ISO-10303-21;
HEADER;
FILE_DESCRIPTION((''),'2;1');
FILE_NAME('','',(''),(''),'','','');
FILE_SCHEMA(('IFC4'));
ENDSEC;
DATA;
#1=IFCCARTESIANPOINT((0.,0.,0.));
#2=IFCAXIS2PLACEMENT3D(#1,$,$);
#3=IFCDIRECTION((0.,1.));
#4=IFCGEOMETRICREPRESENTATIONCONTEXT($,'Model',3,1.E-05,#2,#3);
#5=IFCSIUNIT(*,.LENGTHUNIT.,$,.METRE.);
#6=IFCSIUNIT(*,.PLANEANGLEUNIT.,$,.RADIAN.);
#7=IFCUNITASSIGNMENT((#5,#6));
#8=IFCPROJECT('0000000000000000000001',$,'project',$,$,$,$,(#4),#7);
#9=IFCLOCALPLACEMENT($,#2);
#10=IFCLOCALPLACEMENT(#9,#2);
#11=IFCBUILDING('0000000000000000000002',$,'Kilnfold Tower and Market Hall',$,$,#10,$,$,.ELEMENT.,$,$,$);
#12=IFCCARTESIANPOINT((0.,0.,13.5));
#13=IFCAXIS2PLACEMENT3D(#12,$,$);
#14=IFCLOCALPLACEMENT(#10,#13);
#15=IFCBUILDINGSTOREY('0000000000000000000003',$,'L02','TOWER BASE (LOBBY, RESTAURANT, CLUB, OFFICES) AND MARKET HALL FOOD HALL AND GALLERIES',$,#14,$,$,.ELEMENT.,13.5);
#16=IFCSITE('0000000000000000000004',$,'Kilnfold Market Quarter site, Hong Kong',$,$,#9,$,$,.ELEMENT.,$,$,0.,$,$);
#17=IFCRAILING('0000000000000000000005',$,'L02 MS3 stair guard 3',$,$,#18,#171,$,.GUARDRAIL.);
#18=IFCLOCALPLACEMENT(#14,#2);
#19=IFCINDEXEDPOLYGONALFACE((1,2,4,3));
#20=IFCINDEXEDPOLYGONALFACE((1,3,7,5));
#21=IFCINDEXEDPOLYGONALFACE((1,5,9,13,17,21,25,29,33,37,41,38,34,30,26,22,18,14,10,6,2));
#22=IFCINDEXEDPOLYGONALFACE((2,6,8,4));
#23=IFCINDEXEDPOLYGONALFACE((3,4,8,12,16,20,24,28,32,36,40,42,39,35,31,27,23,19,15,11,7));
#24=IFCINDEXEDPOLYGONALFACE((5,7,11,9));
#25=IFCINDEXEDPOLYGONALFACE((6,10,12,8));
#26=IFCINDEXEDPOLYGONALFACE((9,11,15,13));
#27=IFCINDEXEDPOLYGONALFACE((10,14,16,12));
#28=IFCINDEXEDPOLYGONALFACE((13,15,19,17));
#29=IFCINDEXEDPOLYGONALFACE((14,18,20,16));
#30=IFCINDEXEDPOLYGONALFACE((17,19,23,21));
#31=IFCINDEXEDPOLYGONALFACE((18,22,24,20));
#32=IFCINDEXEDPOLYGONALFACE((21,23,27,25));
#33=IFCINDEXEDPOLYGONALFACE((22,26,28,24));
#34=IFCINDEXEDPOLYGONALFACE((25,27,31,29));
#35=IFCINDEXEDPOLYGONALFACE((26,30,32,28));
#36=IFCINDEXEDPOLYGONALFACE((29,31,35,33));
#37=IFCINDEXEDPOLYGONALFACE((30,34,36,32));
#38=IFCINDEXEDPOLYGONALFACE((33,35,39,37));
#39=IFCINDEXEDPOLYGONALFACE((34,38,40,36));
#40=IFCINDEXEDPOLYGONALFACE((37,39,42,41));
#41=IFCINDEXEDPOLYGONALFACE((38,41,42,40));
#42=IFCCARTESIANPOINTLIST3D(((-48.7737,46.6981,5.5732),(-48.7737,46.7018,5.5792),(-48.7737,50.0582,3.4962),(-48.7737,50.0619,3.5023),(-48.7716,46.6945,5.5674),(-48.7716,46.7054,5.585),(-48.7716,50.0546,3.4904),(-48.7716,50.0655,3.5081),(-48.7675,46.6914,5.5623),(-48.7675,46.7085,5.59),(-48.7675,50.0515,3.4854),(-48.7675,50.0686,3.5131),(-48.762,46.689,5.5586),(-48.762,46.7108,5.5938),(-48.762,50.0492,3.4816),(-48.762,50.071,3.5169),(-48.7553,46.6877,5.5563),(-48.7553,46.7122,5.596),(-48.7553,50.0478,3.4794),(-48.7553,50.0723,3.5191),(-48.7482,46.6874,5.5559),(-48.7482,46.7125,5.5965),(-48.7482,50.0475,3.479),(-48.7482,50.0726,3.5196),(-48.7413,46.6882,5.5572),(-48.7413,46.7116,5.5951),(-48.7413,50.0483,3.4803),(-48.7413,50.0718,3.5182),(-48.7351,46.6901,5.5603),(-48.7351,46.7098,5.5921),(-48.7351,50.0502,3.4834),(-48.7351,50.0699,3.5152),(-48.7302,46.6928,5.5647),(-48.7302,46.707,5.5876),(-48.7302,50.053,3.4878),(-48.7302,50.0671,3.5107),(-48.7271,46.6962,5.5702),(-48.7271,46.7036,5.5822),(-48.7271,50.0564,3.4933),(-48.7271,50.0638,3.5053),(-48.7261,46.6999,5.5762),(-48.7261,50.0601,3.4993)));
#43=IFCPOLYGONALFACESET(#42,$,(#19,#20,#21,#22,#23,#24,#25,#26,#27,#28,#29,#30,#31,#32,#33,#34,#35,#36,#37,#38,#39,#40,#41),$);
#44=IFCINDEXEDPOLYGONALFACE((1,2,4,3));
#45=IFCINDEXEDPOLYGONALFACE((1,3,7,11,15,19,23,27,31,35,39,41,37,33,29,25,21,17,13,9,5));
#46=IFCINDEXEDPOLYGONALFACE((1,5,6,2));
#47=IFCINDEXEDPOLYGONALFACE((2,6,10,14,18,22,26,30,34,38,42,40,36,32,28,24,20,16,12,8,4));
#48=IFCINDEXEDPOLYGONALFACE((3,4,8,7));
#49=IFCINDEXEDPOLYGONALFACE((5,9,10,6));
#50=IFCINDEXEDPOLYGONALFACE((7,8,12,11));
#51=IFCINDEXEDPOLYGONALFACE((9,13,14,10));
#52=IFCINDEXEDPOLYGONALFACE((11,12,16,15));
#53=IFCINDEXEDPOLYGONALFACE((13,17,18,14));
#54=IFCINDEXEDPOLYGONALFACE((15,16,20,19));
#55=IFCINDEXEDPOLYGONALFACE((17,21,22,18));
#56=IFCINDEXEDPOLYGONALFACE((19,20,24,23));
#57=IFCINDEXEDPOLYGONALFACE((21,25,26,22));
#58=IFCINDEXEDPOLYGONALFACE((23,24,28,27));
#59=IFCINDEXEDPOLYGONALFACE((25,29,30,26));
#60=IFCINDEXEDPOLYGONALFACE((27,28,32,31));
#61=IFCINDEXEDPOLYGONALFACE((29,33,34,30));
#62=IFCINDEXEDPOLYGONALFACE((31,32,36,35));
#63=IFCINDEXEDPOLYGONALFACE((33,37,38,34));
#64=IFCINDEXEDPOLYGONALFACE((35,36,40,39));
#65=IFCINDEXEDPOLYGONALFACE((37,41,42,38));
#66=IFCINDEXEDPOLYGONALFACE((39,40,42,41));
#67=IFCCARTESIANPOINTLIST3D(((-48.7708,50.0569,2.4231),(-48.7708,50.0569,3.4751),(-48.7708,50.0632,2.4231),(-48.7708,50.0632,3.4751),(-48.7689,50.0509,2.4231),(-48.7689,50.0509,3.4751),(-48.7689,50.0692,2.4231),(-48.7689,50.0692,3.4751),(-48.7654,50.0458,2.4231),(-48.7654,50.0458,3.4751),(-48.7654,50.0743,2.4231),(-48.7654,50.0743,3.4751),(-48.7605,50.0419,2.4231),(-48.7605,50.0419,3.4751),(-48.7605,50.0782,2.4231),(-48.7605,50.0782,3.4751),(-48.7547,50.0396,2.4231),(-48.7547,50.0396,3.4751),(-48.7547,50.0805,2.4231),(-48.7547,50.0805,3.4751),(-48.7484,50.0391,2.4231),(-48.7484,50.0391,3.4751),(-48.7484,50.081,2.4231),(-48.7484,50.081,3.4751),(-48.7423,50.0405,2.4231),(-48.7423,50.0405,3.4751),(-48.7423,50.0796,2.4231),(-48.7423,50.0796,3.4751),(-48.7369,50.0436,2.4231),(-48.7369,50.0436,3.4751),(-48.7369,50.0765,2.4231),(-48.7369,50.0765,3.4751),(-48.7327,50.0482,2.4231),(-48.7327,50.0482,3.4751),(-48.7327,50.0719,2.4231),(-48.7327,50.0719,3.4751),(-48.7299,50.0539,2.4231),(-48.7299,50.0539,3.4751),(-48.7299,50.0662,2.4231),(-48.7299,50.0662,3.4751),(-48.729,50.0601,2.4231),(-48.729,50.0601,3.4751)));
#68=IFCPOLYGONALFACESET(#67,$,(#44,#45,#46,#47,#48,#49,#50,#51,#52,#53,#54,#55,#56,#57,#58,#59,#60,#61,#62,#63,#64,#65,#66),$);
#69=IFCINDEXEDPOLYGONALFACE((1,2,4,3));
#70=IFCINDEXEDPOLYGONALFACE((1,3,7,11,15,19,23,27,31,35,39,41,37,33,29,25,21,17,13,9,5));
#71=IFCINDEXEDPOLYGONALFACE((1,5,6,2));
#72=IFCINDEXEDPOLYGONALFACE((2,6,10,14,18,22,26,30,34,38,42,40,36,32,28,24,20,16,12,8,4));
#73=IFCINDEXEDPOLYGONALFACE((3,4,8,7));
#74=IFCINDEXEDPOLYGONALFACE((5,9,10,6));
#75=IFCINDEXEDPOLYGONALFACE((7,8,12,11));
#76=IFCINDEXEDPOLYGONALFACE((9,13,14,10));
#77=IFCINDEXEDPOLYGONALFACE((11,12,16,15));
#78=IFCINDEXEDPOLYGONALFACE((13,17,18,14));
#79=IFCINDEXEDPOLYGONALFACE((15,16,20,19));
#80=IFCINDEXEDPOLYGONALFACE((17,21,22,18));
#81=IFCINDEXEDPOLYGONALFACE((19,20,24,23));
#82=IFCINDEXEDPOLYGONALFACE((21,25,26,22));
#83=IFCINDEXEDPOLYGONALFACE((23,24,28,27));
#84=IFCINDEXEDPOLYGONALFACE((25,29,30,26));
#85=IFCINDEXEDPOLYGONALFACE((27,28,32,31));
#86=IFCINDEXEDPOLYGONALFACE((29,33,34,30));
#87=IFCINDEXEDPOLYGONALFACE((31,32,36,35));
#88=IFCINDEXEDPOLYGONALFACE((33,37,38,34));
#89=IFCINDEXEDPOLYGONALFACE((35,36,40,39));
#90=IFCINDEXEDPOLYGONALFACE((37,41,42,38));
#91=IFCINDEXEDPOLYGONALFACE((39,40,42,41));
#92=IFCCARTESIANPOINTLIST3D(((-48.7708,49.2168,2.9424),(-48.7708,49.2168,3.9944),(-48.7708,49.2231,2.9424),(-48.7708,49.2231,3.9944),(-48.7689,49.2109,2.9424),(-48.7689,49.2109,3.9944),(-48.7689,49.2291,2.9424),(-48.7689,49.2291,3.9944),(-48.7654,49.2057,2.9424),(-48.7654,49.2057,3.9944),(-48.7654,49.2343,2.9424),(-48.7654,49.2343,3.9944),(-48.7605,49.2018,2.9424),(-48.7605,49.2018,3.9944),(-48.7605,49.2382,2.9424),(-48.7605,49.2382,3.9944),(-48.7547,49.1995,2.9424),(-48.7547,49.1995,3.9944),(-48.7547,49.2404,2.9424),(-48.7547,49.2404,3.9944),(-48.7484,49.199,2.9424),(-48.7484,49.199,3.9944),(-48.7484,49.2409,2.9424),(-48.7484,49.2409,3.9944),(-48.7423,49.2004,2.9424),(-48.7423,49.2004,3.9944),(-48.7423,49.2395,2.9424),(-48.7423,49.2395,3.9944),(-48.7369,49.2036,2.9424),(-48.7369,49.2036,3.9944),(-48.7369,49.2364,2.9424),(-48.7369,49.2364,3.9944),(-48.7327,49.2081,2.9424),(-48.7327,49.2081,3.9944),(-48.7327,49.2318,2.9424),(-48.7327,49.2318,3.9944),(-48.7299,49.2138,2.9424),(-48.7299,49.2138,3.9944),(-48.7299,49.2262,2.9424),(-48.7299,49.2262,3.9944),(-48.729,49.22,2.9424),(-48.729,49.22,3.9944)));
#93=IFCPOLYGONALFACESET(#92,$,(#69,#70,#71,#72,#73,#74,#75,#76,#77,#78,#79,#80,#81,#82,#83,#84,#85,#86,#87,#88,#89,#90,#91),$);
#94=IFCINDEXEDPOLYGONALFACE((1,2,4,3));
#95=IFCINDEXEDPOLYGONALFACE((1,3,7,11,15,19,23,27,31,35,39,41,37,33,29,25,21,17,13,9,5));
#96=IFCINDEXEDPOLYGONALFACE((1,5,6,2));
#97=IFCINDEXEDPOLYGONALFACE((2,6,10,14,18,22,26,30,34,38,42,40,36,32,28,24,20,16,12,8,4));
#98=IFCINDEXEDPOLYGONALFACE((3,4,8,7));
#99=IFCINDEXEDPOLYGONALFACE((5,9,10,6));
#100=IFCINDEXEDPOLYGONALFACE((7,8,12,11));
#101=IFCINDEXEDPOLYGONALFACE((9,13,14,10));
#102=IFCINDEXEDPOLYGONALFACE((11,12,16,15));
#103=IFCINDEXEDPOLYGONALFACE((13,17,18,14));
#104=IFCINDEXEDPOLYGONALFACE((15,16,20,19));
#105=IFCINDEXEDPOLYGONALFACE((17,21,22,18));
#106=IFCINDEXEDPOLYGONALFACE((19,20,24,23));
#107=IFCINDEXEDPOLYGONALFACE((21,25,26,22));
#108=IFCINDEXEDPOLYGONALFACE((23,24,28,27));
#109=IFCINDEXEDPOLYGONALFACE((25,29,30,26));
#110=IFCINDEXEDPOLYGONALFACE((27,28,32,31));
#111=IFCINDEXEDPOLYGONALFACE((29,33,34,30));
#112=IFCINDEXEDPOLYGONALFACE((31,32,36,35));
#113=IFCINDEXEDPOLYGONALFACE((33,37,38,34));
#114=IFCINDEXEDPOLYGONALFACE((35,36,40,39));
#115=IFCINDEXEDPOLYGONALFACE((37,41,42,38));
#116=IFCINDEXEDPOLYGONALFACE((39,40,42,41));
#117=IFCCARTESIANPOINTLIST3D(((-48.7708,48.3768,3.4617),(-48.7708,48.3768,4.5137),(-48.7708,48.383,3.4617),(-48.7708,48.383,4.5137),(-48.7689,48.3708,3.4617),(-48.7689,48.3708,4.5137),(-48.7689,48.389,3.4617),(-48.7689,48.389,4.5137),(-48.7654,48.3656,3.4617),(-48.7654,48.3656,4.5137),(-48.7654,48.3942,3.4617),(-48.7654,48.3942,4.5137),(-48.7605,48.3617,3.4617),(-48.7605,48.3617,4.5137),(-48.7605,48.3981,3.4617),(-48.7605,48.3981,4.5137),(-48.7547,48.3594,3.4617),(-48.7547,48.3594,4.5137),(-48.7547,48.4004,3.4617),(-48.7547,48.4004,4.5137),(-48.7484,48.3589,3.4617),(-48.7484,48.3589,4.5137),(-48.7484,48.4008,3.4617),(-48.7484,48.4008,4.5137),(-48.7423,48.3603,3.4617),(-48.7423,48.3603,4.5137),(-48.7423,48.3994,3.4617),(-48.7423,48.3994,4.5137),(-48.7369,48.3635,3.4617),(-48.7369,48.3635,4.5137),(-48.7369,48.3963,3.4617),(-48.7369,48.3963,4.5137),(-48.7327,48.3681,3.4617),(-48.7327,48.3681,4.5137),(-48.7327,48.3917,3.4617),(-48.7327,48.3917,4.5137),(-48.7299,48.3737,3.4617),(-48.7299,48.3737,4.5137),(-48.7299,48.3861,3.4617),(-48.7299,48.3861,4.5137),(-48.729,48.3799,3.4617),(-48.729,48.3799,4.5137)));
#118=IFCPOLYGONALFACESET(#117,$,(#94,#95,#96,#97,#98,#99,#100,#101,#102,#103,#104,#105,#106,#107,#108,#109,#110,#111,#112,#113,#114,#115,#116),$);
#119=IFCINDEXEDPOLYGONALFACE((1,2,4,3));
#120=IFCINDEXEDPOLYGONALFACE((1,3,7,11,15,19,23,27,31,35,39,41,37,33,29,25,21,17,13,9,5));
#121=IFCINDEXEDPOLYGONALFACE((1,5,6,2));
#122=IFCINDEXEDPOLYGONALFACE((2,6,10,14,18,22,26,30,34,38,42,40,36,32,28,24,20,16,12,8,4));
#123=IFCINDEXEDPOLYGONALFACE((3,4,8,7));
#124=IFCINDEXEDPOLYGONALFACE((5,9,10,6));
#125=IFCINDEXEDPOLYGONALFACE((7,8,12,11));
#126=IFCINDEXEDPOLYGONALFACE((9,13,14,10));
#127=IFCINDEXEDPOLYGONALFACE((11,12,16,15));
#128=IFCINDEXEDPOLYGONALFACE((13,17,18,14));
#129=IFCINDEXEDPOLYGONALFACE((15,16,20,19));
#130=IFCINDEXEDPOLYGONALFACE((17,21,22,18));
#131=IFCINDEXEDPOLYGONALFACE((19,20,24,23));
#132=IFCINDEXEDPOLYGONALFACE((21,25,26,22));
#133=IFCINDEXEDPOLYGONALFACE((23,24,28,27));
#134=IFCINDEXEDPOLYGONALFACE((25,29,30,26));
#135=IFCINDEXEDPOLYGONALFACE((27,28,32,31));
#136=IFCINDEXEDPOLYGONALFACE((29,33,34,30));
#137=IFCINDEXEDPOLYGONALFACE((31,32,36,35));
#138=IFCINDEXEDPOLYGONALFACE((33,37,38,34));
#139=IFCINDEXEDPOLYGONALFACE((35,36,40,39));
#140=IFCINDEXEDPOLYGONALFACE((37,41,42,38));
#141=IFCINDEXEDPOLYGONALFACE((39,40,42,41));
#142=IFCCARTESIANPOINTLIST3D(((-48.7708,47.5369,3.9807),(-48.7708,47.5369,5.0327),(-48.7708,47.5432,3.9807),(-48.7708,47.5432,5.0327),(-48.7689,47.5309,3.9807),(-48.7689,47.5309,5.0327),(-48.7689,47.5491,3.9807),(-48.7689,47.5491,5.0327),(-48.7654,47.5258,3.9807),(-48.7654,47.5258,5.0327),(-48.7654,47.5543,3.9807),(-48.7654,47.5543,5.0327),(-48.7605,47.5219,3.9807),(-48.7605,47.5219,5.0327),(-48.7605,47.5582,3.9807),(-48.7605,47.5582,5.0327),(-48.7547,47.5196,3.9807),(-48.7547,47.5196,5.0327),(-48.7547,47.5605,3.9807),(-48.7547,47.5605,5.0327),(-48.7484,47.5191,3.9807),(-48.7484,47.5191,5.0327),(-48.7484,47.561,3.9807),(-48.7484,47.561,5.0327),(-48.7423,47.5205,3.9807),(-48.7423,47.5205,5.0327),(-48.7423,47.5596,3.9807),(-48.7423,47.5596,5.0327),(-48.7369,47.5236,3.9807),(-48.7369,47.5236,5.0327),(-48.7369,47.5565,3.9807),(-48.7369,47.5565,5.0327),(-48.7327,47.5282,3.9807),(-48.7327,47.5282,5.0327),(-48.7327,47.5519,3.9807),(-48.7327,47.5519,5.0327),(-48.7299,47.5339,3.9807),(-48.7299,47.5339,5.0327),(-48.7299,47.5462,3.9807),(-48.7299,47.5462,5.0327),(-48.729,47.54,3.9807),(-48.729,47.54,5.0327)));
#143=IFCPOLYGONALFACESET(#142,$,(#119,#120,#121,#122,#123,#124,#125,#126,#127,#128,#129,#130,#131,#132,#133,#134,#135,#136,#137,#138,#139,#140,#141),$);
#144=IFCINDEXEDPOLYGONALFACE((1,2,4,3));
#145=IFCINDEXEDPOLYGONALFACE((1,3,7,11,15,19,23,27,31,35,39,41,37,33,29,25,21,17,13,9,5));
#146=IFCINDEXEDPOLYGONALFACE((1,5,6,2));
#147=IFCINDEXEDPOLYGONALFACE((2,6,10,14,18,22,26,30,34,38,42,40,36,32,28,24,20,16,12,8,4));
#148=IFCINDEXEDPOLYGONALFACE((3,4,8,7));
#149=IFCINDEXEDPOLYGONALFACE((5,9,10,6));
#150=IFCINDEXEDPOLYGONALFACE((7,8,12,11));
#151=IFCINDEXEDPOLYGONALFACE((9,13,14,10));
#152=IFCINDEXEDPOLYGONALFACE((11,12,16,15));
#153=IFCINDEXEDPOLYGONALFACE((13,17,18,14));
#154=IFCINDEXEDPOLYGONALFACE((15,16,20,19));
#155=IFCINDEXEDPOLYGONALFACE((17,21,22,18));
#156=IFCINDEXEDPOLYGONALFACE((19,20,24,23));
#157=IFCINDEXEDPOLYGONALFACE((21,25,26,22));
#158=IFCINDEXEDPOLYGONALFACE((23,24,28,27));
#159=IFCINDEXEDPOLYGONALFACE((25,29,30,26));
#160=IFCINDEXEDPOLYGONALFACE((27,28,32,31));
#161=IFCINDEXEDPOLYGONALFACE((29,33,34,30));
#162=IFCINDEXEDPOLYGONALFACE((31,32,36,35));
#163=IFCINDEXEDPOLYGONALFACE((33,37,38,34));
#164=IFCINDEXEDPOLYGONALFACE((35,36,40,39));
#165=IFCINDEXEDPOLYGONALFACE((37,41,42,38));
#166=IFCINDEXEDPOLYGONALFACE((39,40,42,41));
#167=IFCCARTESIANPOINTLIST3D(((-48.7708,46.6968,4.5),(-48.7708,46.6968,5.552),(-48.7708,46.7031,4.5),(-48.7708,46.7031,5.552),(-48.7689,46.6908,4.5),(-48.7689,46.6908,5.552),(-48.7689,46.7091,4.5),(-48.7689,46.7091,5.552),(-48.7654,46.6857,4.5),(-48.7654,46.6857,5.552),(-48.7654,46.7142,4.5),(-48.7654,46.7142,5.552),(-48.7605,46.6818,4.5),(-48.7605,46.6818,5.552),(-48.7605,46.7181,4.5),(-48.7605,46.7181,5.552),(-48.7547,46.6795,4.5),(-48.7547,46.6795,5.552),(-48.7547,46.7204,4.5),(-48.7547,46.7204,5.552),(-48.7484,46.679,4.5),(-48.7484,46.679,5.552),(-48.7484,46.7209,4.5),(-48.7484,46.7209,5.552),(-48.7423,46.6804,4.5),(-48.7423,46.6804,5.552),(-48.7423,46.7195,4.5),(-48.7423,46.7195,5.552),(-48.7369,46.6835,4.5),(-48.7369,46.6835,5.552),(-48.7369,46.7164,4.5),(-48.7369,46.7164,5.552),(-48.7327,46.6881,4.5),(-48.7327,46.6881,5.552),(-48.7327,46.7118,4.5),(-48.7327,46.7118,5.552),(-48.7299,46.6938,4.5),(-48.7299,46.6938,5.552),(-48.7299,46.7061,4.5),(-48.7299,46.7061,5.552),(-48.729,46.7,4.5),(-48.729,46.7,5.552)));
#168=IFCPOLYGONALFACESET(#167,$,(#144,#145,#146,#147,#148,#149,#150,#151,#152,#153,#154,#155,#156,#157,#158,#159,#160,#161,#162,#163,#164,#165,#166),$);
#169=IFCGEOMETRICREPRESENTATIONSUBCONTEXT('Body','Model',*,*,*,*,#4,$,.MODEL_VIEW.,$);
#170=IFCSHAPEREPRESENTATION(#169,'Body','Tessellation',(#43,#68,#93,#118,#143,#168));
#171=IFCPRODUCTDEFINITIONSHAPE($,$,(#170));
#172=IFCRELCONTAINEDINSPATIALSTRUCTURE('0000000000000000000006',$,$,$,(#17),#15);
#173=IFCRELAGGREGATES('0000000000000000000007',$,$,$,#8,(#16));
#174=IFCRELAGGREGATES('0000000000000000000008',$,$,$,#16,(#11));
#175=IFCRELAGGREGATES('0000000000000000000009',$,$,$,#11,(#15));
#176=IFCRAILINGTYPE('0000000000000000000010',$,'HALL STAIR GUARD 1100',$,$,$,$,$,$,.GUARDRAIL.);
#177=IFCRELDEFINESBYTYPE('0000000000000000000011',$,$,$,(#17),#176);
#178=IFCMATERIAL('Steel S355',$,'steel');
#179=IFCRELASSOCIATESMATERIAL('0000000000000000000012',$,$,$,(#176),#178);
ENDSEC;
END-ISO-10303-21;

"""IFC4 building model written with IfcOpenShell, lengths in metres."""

from ifc_helpers import new_model, si_unit, direction, frame, origin, origin_2d, place, context, subcontext, project, spatial, circle, extrude, material, type_object, element, save


model = new_model("IFC4")

# Units and contexts
model_context = context("Model", 3, precision=1e-05, world=origin(), true_north=direction((0.0, 1.0)))
body_context = subcontext(model_context, "Body", "Model", "MODEL_VIEW")
ifc_project = project(units=[si_unit("LENGTHUNIT", "METRE"), si_unit("PLANEANGLEUNIT", "RADIAN")], contexts=[model_context])

# Site, building, storey
site_placement = place(None, origin())
site = spatial("IfcSite", under=ifc_project, at=site_placement, Name="Kilnfold Market Quarter site, Hong Kong", CompositionType="ELEMENT", RefElevation=0.0)
building_placement = place(site_placement, origin())
building = spatial("IfcBuilding", under=site, at=building_placement, Name="Kilnfold Tower and Market Hall", CompositionType="ELEMENT")
storey_placement = place(building_placement, frame((0.0, 0.0, 13.5)))
storey = spatial("IfcBuildingStorey", under=building, at=storey_placement, Name="L02", Description="TOWER BASE (LOBBY, RESTAURANT, CLUB, OFFICES) AND MARKET HALL FOOD HALL AND GALLERIES", CompositionType="ELEMENT", Elevation=13.5)

# Railing
ifc_material_1 = material(Name="Steel S355", Category="steel")
railing_type_1 = type_object("IfcRailingType", Name="HALL STAIR GUARD 1100", PredefinedType="GUARDRAIL", material=ifc_material_1)
railing_1_placement = place(storey_placement, frame((-48.75, 50.0601, 2.4231)))
element("IfcRailing", 1, at=railing_1_placement, inside=storey, type_object=railing_type_1, Name="L02 MS3 stair guard 3", PredefinedType="GUARDRAIL", context=body_context, shape_type="SweptSolid", body=[
    extrude(circle(Radius=0.0239, at=origin_2d()), frame((0.0, 0.0, 1.0762), z_axis=(0.0, -0.850623, 0.525776), x_axis=(1.0, 0.0, 0.0)), (0.0, 0.0, 1.0), 3.9502),
    extrude(circle(Radius=0.021, at=origin_2d()), origin(), (0.0, 0.0, 1.0), 1.052),
    extrude(circle(Radius=0.021, at=origin_2d()), frame((0.0, -0.8401, 0.5193)), (0.0, 0.0, 1.0), 1.052),
    extrude(circle(Radius=0.021, at=origin_2d()), frame((0.0, -1.6802, 1.0386)), (0.0, 0.0, 1.0), 1.052),
    extrude(circle(Radius=0.021, at=origin_2d()), frame((0.0, -2.52, 1.5576)), (0.0, 0.0, 1.0), 1.052),
    extrude(circle(Radius=0.021, at=origin_2d()), frame((0.0, -3.3601, 2.0769)), (0.0, 0.0, 1.0), 1.052),
])

save(model, "model.ifc")
